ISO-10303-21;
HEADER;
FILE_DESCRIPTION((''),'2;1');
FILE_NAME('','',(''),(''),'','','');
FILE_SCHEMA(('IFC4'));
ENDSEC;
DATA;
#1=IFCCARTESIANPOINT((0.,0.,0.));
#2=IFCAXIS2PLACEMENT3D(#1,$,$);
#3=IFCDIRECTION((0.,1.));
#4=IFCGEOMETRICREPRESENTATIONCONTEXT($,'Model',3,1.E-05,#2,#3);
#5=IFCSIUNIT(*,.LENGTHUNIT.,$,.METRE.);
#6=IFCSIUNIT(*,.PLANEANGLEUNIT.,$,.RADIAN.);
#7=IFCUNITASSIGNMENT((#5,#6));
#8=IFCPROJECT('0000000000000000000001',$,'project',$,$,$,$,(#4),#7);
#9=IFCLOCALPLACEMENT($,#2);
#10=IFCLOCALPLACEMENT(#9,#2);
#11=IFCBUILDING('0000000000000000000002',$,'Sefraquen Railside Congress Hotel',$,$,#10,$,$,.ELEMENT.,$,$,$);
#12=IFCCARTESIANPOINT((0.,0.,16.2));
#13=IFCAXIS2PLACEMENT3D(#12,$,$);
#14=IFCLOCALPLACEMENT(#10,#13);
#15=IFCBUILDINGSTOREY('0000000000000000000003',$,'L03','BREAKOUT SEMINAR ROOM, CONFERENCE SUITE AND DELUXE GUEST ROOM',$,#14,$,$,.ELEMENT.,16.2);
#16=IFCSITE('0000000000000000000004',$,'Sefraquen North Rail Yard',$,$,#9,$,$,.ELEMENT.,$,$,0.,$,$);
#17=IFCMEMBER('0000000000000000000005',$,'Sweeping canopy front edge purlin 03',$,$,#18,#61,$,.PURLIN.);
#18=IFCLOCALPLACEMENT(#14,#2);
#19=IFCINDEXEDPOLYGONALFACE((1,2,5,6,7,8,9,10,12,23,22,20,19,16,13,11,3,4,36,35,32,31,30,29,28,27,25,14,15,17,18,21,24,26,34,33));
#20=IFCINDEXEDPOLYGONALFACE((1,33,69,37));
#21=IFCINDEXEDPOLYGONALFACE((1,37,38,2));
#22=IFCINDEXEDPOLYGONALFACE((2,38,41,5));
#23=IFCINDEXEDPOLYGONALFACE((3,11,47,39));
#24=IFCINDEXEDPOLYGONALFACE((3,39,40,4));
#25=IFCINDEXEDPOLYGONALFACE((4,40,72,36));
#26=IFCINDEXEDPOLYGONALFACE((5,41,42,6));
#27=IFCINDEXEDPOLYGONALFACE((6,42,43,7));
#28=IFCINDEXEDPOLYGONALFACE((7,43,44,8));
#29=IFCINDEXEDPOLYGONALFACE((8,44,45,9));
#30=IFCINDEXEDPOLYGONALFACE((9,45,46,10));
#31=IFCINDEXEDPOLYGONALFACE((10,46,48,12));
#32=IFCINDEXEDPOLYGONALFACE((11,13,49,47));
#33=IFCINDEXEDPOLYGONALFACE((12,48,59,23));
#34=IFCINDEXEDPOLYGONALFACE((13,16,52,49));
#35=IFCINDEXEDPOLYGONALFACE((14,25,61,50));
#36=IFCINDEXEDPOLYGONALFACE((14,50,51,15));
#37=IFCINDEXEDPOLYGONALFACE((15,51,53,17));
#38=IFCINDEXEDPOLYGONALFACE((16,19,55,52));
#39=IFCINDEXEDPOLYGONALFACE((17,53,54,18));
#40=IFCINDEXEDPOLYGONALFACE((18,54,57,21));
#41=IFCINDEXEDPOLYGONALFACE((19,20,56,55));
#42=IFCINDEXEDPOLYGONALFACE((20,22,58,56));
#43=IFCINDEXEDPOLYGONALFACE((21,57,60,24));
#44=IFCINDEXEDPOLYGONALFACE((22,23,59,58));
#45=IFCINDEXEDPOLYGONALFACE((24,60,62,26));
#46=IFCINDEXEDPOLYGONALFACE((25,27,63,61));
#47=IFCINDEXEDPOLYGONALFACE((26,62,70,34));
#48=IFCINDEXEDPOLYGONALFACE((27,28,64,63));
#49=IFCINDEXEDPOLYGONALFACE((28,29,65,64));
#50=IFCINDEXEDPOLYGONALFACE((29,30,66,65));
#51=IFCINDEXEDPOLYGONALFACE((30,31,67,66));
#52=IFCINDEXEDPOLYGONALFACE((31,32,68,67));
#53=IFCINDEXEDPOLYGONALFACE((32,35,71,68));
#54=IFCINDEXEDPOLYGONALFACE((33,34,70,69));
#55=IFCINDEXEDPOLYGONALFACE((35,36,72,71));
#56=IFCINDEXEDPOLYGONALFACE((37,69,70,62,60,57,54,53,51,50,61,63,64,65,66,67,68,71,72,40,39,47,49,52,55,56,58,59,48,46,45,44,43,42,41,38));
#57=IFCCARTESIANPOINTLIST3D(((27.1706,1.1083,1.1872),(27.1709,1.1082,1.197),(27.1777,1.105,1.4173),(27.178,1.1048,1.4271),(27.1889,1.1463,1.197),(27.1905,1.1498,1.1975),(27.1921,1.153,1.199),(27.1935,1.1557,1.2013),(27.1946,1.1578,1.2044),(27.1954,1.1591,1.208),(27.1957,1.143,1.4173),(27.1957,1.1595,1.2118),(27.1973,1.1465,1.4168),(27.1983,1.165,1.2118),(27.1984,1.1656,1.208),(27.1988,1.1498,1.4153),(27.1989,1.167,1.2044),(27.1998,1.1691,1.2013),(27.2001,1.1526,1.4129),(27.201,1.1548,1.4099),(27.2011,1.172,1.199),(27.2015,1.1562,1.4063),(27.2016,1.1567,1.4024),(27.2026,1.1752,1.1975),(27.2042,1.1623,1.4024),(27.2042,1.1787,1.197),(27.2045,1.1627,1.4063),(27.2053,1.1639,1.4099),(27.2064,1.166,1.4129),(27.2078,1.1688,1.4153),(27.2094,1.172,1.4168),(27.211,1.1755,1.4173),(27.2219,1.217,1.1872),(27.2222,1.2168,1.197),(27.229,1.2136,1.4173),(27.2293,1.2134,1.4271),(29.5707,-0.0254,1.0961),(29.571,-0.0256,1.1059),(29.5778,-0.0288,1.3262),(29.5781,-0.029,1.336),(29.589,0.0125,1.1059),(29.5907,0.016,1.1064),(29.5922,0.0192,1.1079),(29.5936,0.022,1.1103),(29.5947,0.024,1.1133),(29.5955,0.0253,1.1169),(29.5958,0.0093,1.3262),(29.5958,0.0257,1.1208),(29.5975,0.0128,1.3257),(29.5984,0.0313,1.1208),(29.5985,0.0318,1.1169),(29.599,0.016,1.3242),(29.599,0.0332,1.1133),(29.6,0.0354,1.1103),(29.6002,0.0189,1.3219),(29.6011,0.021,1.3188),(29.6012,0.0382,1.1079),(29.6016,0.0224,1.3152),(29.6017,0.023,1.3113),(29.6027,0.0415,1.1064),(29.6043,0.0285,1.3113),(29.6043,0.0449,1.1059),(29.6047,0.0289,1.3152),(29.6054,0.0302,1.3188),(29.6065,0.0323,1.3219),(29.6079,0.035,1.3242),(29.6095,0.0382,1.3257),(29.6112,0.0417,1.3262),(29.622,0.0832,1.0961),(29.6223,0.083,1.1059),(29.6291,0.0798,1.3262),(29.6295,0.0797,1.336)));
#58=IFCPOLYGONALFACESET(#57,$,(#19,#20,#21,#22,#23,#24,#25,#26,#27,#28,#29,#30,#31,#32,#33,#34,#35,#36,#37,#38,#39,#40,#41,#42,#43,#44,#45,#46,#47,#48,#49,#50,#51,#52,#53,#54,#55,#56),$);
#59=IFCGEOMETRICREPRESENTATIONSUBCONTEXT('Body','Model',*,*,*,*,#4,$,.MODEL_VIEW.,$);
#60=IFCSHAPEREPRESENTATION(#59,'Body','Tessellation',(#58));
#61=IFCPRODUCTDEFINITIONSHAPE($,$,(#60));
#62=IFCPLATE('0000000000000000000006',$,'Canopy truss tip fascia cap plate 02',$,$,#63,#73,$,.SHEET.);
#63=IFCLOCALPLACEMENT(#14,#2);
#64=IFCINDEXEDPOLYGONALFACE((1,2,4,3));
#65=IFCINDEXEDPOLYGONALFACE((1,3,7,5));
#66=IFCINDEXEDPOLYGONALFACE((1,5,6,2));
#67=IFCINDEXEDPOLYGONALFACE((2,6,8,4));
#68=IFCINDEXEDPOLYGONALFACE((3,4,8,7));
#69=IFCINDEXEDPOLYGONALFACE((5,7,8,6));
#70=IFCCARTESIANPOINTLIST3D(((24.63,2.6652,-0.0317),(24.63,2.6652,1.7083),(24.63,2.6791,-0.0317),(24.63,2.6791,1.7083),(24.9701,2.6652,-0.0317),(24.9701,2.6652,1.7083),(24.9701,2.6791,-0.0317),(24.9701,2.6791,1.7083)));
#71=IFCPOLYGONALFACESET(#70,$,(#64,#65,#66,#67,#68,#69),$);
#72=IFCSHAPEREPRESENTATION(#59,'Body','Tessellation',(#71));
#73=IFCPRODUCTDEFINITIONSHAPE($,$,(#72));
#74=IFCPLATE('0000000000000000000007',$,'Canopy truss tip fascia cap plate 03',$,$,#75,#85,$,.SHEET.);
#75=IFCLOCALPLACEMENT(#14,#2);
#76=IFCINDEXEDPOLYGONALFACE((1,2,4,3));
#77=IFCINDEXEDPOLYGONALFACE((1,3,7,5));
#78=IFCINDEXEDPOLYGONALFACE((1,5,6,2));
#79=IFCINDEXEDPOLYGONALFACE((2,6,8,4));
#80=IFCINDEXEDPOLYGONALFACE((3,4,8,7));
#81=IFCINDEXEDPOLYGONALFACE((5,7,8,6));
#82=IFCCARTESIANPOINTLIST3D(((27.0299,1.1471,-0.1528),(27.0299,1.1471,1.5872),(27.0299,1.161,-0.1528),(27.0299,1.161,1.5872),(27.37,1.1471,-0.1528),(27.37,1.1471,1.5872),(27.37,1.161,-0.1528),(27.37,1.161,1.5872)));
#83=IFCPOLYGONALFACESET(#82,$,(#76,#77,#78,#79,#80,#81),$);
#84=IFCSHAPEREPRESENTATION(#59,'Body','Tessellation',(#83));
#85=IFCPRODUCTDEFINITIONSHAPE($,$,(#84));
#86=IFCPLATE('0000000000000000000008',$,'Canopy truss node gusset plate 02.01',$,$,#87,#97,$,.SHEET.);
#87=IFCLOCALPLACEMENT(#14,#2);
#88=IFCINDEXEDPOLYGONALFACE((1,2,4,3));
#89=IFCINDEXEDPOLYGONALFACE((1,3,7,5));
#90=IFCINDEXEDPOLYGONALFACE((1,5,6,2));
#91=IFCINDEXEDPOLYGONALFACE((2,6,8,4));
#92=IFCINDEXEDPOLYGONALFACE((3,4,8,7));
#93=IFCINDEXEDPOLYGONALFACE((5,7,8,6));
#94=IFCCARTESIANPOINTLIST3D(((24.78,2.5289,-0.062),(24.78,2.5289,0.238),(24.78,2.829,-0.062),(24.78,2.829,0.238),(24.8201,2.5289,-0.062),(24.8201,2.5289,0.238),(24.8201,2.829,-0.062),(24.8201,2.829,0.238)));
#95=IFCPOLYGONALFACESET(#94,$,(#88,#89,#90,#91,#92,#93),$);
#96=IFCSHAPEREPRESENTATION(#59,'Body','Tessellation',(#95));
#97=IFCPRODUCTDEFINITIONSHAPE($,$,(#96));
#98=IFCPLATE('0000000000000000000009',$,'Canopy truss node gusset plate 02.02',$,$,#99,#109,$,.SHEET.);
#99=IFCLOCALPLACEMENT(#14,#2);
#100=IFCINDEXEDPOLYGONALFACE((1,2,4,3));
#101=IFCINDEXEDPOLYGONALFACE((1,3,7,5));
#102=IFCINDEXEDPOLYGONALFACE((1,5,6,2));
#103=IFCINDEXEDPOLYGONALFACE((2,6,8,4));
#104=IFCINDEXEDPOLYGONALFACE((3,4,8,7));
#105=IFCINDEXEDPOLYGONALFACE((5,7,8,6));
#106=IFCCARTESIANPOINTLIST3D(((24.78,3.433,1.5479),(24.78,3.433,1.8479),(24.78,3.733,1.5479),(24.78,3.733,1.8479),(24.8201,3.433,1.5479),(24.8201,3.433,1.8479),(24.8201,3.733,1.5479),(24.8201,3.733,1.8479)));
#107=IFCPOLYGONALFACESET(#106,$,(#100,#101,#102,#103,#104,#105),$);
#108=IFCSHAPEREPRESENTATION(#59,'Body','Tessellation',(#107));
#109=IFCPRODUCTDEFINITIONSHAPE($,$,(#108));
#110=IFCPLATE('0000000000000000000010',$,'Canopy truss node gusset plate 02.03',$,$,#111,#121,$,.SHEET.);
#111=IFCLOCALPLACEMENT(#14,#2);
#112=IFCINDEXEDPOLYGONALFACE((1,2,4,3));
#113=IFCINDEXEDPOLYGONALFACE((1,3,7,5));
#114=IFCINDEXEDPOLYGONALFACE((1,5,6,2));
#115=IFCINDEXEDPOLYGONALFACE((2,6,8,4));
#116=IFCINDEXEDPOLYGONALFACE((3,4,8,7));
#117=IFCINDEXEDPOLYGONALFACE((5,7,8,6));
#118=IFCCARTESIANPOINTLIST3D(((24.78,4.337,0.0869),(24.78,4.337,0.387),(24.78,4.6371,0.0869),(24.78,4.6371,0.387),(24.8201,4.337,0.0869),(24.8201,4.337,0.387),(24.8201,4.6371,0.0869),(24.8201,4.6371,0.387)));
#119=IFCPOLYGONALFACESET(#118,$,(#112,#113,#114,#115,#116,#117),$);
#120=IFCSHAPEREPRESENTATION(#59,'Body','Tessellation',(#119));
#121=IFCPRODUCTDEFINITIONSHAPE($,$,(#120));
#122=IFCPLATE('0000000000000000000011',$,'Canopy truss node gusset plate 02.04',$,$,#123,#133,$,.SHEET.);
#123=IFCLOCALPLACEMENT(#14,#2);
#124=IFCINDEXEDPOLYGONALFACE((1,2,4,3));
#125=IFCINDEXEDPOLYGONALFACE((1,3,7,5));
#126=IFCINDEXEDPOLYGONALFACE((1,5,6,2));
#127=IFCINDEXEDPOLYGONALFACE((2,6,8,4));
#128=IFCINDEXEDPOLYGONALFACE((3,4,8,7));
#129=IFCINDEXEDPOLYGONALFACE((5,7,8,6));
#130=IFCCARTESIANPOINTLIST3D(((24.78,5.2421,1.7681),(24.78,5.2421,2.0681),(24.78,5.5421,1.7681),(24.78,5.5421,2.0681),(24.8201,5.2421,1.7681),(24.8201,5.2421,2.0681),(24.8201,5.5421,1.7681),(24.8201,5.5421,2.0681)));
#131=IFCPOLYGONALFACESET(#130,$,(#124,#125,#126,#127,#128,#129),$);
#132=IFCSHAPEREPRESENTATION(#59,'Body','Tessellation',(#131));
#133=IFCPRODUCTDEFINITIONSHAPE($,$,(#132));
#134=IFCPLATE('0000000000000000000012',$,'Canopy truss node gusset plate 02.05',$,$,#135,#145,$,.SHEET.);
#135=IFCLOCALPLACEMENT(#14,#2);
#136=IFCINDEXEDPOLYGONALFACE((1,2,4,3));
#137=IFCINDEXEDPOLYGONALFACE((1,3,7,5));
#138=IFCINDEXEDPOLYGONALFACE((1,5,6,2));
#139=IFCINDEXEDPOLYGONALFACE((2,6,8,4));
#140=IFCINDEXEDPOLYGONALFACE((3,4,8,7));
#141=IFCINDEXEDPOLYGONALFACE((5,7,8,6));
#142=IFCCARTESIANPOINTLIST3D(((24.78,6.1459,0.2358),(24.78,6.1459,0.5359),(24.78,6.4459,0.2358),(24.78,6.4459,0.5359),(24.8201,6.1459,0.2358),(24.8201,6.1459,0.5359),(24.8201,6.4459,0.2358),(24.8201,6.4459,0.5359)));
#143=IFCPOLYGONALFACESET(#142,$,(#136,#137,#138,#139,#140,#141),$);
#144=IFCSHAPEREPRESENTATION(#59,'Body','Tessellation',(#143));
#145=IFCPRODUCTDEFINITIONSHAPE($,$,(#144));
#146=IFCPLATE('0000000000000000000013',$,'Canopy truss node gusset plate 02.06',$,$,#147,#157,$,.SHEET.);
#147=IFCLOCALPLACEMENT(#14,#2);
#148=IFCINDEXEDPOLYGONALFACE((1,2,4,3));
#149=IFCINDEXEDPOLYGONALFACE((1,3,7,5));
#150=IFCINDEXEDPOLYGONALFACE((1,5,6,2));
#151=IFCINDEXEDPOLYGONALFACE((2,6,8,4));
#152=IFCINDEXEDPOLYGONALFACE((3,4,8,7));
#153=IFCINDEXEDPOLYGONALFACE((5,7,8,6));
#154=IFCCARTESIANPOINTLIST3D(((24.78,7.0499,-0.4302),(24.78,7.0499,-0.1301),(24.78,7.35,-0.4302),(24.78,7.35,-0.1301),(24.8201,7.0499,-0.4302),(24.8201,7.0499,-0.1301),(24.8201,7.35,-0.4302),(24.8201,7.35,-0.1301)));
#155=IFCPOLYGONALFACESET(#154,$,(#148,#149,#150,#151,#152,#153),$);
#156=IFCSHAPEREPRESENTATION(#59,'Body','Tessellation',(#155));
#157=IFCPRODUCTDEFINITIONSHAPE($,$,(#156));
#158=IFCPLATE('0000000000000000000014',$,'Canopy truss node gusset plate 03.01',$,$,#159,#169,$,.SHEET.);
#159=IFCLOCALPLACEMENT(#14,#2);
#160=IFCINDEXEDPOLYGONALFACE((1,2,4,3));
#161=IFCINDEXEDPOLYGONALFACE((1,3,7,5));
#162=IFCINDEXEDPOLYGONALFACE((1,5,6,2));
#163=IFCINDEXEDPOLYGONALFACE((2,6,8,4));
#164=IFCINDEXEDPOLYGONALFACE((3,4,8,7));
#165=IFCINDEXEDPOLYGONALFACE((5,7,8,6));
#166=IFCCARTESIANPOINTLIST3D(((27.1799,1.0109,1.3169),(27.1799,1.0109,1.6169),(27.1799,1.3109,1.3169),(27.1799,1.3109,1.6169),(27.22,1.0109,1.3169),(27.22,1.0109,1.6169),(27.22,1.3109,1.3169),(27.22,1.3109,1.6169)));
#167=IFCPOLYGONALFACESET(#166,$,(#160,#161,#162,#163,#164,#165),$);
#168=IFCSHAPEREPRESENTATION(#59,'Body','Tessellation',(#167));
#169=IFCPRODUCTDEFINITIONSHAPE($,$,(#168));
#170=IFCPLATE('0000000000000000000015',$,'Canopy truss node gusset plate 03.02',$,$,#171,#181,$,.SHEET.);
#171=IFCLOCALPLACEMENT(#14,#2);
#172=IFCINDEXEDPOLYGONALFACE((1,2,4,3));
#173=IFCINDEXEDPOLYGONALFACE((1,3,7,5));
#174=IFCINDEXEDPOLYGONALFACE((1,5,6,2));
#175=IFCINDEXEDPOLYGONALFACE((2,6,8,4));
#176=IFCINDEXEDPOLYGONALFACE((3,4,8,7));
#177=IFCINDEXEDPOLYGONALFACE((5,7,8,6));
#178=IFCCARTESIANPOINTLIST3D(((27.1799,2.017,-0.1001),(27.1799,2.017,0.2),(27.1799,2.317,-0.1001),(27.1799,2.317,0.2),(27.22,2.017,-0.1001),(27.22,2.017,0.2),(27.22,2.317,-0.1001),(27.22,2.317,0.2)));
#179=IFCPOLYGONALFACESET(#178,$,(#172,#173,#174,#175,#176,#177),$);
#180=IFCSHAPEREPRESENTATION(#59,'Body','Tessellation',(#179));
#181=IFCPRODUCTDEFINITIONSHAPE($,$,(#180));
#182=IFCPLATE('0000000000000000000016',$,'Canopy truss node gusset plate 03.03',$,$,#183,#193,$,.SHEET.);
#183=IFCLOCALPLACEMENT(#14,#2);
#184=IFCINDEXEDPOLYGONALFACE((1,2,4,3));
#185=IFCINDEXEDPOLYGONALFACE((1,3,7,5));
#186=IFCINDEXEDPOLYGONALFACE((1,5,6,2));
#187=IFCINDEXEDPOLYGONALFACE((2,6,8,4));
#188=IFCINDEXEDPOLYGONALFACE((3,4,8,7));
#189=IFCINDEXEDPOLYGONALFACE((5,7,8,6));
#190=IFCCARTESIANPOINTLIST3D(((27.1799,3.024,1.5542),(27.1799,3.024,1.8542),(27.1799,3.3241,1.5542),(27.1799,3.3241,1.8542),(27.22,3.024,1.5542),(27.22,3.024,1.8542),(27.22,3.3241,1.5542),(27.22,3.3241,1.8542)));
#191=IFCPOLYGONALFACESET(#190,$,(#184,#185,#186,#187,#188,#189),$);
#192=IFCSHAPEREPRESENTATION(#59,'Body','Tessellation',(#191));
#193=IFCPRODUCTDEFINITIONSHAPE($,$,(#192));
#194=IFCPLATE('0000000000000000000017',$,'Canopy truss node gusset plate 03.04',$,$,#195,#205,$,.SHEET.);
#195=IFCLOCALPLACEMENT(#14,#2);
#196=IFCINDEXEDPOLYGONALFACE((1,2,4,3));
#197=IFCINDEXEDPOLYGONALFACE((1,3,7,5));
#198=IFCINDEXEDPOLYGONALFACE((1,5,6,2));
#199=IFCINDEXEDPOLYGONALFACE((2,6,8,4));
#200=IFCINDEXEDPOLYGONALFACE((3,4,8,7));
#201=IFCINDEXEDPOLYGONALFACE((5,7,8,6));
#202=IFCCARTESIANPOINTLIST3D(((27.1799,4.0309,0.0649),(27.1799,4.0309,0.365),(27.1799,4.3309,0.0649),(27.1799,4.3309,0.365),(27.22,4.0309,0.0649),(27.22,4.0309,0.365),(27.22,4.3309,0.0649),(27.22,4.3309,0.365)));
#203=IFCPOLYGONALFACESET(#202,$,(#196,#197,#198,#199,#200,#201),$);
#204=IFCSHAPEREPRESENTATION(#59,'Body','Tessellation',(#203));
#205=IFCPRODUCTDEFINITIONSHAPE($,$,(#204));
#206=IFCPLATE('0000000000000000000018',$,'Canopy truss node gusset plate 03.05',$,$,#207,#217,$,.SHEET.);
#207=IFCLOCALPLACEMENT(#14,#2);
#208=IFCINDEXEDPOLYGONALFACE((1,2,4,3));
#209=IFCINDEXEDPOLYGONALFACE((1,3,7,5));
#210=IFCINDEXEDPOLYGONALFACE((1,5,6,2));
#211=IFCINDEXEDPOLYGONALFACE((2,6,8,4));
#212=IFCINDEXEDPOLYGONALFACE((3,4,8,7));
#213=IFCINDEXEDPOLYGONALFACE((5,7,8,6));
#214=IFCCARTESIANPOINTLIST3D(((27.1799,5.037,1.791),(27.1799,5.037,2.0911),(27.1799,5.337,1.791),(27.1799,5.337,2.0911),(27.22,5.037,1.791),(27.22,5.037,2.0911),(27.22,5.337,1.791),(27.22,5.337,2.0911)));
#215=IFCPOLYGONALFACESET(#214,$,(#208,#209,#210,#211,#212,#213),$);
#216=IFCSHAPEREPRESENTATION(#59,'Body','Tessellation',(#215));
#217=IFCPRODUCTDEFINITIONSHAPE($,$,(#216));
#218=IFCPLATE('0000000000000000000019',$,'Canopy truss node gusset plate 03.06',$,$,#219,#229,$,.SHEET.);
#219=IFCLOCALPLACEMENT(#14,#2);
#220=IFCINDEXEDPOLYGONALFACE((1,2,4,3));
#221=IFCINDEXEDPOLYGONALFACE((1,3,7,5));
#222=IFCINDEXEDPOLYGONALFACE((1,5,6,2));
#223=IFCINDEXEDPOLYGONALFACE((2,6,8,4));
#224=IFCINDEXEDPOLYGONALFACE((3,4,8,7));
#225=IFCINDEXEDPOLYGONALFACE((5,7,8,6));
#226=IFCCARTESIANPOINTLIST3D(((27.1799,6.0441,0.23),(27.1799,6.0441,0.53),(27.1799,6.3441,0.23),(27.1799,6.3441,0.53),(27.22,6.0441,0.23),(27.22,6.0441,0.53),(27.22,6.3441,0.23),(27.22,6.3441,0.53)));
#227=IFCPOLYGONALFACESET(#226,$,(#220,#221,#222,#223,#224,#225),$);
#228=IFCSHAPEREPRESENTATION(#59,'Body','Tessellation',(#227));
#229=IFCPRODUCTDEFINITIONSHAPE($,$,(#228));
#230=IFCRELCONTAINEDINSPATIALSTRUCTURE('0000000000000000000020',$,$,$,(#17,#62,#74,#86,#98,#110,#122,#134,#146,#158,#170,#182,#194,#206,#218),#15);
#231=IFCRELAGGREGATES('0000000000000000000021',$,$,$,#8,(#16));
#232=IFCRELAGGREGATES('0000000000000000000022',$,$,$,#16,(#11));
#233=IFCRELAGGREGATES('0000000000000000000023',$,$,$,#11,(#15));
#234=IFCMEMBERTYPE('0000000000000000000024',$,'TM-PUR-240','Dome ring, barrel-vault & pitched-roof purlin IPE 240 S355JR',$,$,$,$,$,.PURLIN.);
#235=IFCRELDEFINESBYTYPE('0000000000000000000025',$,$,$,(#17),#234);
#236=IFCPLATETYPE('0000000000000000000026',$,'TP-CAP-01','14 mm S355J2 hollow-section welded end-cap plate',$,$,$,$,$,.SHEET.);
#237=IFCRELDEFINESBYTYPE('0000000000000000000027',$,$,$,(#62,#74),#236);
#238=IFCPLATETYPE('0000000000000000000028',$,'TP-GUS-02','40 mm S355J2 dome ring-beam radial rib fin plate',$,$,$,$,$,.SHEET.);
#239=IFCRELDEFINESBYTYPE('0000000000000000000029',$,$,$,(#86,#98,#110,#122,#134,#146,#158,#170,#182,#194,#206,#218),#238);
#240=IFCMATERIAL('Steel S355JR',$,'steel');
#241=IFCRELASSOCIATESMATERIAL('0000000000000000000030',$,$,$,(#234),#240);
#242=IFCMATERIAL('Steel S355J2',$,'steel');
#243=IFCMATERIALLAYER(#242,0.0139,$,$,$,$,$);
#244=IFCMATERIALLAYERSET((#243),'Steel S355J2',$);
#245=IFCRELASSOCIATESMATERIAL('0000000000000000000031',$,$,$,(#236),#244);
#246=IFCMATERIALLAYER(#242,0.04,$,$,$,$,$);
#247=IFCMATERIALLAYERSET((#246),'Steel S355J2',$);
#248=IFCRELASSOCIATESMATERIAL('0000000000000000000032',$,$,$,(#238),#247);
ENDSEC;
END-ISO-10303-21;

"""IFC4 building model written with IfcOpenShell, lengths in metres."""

from ifc_helpers import new_model, si_unit, direction, frame, origin, origin_2d, place, context, subcontext, project, spatial, rectangle, i_section, extrude, material, layer, layer_set, material_profile, profile_set, type_object, element, save


model = new_model("IFC4")

# Units and contexts
model_context = context("Model", 3, precision=1e-05, world=origin(), true_north=direction((0.0, 1.0)))
body_context = subcontext(model_context, "Body", "Model", "MODEL_VIEW")
ifc_project = project(units=[si_unit("LENGTHUNIT", "METRE"), si_unit("PLANEANGLEUNIT", "RADIAN")], contexts=[model_context])

# Site, building, storey
site_placement = place(None, origin())
site = spatial("IfcSite", under=ifc_project, at=site_placement, Name="Sefraquen North Rail Yard", CompositionType="ELEMENT", RefElevation=0.0)
building_placement = place(site_placement, origin())
building = spatial("IfcBuilding", under=site, at=building_placement, Name="Sefraquen Railside Congress Hotel", CompositionType="ELEMENT")
storey_placement = place(building_placement, frame((0.0, 0.0, 16.2)))
storey = spatial("IfcBuildingStorey", under=building, at=storey_placement, Name="L03", Description="BREAKOUT SEMINAR ROOM, CONFERENCE SUITE AND DELUXE GUEST ROOM", CompositionType="ELEMENT", Elevation=16.2)

# Member
ifc_material_1 = material(Name="Steel S355J2", Category="steel")
ifc_material_2 = material(Name="Steel S355JR", Category="steel")
ifc_material_profile_1 = material_profile(ifc_material_2, i_section(OverallWidth=0.1201, OverallDepth=0.24, WebThickness=0.0061, FlangeThickness=0.0098, FilletRadius=0.0149, at=origin_2d()), Name="IPE 240")
ifc_profile_set_1 = profile_set([ifc_material_profile_1], Name="Steel S355JR")
member_type_1 = type_object("IfcMemberType", Name="TM-PUR-240", Description="Dome ring, barrel-vault & pitched-roof purlin IPE 240 S355JR", PredefinedType="PURLIN", material=ifc_profile_set_1)
member_1_placement = place(storey_placement, frame((27.2, 1.1609, 1.3071), z_axis=(0.903661, -0.426874, -0.034286), x_axis=(0.427125, 0.904192, 0.0)))
element("IfcMember", 1, at=member_1_placement, inside=storey, type_object=member_type_1, Name="Sweeping canopy front edge purlin 03", PredefinedType="PURLIN", context=body_context, shape_type="SweptSolid", body=[
    extrude(i_section(OverallWidth=0.1201, OverallDepth=0.24, WebThickness=0.0061, FlangeThickness=0.0098, FilletRadius=0.0149, at=origin_2d()), origin(), (0.0, 0.0, 1.0), 2.656),
])

# Plates
ifc_layer_1 = layer(ifc_material_1, 0.0139)
ifc_layer_set_1 = layer_set([ifc_layer_1], Name="Steel S355J2")
plate_type_1 = type_object("IfcPlateType", Name="TP-CAP-01", Description="14 mm S355J2 hollow-section welded end-cap plate", PredefinedType="SHEET", material=ifc_layer_set_1)
for number, where, z_axis, x_axis, name in (
    (2, (24.8, 2.6721, -0.0317), (0.0, 0.0, 1.0), (1.0, 0.0, 0.0), "Canopy truss tip fascia cap plate 02"),
    (3, (27.2, 1.1541, -0.1528), (0.0, 0.0, 1.0), (1.0, 0.0, 0.0), "Canopy truss tip fascia cap plate 03"),
):
    element("IfcPlate", number, at=place(storey_placement, frame(where, z_axis=z_axis, x_axis=x_axis)), inside=storey, type_object=plate_type_1, Name=name, PredefinedType="SHEET", context=body_context, shape_type="SweptSolid", body=[
        extrude(rectangle(XDim=0.3401, YDim=0.0139, at=origin_2d()), origin(), (0.0, 0.0, 1.0), 1.74),
    ])
ifc_layer_2 = layer(ifc_material_1, 0.04)
ifc_layer_set_2 = layer_set([ifc_layer_2], Name="Steel S355J2")
plate_type_2 = type_object("IfcPlateType", Name="TP-GUS-02", Description="40 mm S355J2 dome ring-beam radial rib fin plate", PredefinedType="SHEET", material=ifc_layer_set_2)
for number, where, z_axis, x_axis, name in (
    (4, (24.8, 2.679, -0.062), (0.0, 0.0, 1.0), (1.0, 0.0, 0.0), "Canopy truss node gusset plate 02.01"),
    (5, (24.8, 3.583, 1.5479), (0.0, 0.0, 1.0), (1.0, 0.0, 0.0), "Canopy truss node gusset plate 02.02"),
    (6, (24.8, 4.4871, 0.0869), (0.0, 0.0, 1.0), (1.0, 0.0, 0.0), "Canopy truss node gusset plate 02.03"),
    (7, (24.8, 5.3921, 1.7681), (0.0, 0.0, 1.0), (1.0, 0.0, 0.0), "Canopy truss node gusset plate 02.04"),
    (8, (24.8, 6.2959, 0.2358), (0.0, 0.0, 1.0), (1.0, 0.0, 0.0), "Canopy truss node gusset plate 02.05"),
    (9, (24.8, 7.2, -0.4302), (0.0, 0.0, 1.0), (1.0, 0.0, 0.0), "Canopy truss node gusset plate 02.06"),
    (10, (27.2, 1.1609, 1.3169), (0.0, 0.0, 1.0), (1.0, 0.0, 0.0), "Canopy truss node gusset plate 03.01"),
    (11, (27.2, 2.167, -0.1001), (0.0, 0.0, 1.0), (1.0, 0.0, 0.0), "Canopy truss node gusset plate 03.02"),
    (12, (27.2, 3.1741, 1.5542), (0.0, 0.0, 1.0), (1.0, 0.0, 0.0), "Canopy truss node gusset plate 03.03"),
    (13, (27.2, 4.1809, 0.0649), (0.0, 0.0, 1.0), (1.0, 0.0, 0.0), "Canopy truss node gusset plate 03.04"),
    (14, (27.2, 5.187, 1.791), (0.0, 0.0, 1.0), (1.0, 0.0, 0.0), "Canopy truss node gusset plate 03.05"),
    (15, (27.2, 6.1941, 0.23), (0.0, 0.0, 1.0), (1.0, 0.0, 0.0), "Canopy truss node gusset plate 03.06"),
):
    element("IfcPlate", number, at=place(storey_placement, frame(where, z_axis=z_axis, x_axis=x_axis)), inside=storey, type_object=plate_type_2, Name=name, PredefinedType="SHEET", context=body_context, shape_type="SweptSolid", body=[
        extrude(rectangle(XDim=0.04, YDim=0.3, at=origin_2d()), origin(), (0.0, 0.0, 1.0), 0.3),
    ])

save(model, "model.ifc")
